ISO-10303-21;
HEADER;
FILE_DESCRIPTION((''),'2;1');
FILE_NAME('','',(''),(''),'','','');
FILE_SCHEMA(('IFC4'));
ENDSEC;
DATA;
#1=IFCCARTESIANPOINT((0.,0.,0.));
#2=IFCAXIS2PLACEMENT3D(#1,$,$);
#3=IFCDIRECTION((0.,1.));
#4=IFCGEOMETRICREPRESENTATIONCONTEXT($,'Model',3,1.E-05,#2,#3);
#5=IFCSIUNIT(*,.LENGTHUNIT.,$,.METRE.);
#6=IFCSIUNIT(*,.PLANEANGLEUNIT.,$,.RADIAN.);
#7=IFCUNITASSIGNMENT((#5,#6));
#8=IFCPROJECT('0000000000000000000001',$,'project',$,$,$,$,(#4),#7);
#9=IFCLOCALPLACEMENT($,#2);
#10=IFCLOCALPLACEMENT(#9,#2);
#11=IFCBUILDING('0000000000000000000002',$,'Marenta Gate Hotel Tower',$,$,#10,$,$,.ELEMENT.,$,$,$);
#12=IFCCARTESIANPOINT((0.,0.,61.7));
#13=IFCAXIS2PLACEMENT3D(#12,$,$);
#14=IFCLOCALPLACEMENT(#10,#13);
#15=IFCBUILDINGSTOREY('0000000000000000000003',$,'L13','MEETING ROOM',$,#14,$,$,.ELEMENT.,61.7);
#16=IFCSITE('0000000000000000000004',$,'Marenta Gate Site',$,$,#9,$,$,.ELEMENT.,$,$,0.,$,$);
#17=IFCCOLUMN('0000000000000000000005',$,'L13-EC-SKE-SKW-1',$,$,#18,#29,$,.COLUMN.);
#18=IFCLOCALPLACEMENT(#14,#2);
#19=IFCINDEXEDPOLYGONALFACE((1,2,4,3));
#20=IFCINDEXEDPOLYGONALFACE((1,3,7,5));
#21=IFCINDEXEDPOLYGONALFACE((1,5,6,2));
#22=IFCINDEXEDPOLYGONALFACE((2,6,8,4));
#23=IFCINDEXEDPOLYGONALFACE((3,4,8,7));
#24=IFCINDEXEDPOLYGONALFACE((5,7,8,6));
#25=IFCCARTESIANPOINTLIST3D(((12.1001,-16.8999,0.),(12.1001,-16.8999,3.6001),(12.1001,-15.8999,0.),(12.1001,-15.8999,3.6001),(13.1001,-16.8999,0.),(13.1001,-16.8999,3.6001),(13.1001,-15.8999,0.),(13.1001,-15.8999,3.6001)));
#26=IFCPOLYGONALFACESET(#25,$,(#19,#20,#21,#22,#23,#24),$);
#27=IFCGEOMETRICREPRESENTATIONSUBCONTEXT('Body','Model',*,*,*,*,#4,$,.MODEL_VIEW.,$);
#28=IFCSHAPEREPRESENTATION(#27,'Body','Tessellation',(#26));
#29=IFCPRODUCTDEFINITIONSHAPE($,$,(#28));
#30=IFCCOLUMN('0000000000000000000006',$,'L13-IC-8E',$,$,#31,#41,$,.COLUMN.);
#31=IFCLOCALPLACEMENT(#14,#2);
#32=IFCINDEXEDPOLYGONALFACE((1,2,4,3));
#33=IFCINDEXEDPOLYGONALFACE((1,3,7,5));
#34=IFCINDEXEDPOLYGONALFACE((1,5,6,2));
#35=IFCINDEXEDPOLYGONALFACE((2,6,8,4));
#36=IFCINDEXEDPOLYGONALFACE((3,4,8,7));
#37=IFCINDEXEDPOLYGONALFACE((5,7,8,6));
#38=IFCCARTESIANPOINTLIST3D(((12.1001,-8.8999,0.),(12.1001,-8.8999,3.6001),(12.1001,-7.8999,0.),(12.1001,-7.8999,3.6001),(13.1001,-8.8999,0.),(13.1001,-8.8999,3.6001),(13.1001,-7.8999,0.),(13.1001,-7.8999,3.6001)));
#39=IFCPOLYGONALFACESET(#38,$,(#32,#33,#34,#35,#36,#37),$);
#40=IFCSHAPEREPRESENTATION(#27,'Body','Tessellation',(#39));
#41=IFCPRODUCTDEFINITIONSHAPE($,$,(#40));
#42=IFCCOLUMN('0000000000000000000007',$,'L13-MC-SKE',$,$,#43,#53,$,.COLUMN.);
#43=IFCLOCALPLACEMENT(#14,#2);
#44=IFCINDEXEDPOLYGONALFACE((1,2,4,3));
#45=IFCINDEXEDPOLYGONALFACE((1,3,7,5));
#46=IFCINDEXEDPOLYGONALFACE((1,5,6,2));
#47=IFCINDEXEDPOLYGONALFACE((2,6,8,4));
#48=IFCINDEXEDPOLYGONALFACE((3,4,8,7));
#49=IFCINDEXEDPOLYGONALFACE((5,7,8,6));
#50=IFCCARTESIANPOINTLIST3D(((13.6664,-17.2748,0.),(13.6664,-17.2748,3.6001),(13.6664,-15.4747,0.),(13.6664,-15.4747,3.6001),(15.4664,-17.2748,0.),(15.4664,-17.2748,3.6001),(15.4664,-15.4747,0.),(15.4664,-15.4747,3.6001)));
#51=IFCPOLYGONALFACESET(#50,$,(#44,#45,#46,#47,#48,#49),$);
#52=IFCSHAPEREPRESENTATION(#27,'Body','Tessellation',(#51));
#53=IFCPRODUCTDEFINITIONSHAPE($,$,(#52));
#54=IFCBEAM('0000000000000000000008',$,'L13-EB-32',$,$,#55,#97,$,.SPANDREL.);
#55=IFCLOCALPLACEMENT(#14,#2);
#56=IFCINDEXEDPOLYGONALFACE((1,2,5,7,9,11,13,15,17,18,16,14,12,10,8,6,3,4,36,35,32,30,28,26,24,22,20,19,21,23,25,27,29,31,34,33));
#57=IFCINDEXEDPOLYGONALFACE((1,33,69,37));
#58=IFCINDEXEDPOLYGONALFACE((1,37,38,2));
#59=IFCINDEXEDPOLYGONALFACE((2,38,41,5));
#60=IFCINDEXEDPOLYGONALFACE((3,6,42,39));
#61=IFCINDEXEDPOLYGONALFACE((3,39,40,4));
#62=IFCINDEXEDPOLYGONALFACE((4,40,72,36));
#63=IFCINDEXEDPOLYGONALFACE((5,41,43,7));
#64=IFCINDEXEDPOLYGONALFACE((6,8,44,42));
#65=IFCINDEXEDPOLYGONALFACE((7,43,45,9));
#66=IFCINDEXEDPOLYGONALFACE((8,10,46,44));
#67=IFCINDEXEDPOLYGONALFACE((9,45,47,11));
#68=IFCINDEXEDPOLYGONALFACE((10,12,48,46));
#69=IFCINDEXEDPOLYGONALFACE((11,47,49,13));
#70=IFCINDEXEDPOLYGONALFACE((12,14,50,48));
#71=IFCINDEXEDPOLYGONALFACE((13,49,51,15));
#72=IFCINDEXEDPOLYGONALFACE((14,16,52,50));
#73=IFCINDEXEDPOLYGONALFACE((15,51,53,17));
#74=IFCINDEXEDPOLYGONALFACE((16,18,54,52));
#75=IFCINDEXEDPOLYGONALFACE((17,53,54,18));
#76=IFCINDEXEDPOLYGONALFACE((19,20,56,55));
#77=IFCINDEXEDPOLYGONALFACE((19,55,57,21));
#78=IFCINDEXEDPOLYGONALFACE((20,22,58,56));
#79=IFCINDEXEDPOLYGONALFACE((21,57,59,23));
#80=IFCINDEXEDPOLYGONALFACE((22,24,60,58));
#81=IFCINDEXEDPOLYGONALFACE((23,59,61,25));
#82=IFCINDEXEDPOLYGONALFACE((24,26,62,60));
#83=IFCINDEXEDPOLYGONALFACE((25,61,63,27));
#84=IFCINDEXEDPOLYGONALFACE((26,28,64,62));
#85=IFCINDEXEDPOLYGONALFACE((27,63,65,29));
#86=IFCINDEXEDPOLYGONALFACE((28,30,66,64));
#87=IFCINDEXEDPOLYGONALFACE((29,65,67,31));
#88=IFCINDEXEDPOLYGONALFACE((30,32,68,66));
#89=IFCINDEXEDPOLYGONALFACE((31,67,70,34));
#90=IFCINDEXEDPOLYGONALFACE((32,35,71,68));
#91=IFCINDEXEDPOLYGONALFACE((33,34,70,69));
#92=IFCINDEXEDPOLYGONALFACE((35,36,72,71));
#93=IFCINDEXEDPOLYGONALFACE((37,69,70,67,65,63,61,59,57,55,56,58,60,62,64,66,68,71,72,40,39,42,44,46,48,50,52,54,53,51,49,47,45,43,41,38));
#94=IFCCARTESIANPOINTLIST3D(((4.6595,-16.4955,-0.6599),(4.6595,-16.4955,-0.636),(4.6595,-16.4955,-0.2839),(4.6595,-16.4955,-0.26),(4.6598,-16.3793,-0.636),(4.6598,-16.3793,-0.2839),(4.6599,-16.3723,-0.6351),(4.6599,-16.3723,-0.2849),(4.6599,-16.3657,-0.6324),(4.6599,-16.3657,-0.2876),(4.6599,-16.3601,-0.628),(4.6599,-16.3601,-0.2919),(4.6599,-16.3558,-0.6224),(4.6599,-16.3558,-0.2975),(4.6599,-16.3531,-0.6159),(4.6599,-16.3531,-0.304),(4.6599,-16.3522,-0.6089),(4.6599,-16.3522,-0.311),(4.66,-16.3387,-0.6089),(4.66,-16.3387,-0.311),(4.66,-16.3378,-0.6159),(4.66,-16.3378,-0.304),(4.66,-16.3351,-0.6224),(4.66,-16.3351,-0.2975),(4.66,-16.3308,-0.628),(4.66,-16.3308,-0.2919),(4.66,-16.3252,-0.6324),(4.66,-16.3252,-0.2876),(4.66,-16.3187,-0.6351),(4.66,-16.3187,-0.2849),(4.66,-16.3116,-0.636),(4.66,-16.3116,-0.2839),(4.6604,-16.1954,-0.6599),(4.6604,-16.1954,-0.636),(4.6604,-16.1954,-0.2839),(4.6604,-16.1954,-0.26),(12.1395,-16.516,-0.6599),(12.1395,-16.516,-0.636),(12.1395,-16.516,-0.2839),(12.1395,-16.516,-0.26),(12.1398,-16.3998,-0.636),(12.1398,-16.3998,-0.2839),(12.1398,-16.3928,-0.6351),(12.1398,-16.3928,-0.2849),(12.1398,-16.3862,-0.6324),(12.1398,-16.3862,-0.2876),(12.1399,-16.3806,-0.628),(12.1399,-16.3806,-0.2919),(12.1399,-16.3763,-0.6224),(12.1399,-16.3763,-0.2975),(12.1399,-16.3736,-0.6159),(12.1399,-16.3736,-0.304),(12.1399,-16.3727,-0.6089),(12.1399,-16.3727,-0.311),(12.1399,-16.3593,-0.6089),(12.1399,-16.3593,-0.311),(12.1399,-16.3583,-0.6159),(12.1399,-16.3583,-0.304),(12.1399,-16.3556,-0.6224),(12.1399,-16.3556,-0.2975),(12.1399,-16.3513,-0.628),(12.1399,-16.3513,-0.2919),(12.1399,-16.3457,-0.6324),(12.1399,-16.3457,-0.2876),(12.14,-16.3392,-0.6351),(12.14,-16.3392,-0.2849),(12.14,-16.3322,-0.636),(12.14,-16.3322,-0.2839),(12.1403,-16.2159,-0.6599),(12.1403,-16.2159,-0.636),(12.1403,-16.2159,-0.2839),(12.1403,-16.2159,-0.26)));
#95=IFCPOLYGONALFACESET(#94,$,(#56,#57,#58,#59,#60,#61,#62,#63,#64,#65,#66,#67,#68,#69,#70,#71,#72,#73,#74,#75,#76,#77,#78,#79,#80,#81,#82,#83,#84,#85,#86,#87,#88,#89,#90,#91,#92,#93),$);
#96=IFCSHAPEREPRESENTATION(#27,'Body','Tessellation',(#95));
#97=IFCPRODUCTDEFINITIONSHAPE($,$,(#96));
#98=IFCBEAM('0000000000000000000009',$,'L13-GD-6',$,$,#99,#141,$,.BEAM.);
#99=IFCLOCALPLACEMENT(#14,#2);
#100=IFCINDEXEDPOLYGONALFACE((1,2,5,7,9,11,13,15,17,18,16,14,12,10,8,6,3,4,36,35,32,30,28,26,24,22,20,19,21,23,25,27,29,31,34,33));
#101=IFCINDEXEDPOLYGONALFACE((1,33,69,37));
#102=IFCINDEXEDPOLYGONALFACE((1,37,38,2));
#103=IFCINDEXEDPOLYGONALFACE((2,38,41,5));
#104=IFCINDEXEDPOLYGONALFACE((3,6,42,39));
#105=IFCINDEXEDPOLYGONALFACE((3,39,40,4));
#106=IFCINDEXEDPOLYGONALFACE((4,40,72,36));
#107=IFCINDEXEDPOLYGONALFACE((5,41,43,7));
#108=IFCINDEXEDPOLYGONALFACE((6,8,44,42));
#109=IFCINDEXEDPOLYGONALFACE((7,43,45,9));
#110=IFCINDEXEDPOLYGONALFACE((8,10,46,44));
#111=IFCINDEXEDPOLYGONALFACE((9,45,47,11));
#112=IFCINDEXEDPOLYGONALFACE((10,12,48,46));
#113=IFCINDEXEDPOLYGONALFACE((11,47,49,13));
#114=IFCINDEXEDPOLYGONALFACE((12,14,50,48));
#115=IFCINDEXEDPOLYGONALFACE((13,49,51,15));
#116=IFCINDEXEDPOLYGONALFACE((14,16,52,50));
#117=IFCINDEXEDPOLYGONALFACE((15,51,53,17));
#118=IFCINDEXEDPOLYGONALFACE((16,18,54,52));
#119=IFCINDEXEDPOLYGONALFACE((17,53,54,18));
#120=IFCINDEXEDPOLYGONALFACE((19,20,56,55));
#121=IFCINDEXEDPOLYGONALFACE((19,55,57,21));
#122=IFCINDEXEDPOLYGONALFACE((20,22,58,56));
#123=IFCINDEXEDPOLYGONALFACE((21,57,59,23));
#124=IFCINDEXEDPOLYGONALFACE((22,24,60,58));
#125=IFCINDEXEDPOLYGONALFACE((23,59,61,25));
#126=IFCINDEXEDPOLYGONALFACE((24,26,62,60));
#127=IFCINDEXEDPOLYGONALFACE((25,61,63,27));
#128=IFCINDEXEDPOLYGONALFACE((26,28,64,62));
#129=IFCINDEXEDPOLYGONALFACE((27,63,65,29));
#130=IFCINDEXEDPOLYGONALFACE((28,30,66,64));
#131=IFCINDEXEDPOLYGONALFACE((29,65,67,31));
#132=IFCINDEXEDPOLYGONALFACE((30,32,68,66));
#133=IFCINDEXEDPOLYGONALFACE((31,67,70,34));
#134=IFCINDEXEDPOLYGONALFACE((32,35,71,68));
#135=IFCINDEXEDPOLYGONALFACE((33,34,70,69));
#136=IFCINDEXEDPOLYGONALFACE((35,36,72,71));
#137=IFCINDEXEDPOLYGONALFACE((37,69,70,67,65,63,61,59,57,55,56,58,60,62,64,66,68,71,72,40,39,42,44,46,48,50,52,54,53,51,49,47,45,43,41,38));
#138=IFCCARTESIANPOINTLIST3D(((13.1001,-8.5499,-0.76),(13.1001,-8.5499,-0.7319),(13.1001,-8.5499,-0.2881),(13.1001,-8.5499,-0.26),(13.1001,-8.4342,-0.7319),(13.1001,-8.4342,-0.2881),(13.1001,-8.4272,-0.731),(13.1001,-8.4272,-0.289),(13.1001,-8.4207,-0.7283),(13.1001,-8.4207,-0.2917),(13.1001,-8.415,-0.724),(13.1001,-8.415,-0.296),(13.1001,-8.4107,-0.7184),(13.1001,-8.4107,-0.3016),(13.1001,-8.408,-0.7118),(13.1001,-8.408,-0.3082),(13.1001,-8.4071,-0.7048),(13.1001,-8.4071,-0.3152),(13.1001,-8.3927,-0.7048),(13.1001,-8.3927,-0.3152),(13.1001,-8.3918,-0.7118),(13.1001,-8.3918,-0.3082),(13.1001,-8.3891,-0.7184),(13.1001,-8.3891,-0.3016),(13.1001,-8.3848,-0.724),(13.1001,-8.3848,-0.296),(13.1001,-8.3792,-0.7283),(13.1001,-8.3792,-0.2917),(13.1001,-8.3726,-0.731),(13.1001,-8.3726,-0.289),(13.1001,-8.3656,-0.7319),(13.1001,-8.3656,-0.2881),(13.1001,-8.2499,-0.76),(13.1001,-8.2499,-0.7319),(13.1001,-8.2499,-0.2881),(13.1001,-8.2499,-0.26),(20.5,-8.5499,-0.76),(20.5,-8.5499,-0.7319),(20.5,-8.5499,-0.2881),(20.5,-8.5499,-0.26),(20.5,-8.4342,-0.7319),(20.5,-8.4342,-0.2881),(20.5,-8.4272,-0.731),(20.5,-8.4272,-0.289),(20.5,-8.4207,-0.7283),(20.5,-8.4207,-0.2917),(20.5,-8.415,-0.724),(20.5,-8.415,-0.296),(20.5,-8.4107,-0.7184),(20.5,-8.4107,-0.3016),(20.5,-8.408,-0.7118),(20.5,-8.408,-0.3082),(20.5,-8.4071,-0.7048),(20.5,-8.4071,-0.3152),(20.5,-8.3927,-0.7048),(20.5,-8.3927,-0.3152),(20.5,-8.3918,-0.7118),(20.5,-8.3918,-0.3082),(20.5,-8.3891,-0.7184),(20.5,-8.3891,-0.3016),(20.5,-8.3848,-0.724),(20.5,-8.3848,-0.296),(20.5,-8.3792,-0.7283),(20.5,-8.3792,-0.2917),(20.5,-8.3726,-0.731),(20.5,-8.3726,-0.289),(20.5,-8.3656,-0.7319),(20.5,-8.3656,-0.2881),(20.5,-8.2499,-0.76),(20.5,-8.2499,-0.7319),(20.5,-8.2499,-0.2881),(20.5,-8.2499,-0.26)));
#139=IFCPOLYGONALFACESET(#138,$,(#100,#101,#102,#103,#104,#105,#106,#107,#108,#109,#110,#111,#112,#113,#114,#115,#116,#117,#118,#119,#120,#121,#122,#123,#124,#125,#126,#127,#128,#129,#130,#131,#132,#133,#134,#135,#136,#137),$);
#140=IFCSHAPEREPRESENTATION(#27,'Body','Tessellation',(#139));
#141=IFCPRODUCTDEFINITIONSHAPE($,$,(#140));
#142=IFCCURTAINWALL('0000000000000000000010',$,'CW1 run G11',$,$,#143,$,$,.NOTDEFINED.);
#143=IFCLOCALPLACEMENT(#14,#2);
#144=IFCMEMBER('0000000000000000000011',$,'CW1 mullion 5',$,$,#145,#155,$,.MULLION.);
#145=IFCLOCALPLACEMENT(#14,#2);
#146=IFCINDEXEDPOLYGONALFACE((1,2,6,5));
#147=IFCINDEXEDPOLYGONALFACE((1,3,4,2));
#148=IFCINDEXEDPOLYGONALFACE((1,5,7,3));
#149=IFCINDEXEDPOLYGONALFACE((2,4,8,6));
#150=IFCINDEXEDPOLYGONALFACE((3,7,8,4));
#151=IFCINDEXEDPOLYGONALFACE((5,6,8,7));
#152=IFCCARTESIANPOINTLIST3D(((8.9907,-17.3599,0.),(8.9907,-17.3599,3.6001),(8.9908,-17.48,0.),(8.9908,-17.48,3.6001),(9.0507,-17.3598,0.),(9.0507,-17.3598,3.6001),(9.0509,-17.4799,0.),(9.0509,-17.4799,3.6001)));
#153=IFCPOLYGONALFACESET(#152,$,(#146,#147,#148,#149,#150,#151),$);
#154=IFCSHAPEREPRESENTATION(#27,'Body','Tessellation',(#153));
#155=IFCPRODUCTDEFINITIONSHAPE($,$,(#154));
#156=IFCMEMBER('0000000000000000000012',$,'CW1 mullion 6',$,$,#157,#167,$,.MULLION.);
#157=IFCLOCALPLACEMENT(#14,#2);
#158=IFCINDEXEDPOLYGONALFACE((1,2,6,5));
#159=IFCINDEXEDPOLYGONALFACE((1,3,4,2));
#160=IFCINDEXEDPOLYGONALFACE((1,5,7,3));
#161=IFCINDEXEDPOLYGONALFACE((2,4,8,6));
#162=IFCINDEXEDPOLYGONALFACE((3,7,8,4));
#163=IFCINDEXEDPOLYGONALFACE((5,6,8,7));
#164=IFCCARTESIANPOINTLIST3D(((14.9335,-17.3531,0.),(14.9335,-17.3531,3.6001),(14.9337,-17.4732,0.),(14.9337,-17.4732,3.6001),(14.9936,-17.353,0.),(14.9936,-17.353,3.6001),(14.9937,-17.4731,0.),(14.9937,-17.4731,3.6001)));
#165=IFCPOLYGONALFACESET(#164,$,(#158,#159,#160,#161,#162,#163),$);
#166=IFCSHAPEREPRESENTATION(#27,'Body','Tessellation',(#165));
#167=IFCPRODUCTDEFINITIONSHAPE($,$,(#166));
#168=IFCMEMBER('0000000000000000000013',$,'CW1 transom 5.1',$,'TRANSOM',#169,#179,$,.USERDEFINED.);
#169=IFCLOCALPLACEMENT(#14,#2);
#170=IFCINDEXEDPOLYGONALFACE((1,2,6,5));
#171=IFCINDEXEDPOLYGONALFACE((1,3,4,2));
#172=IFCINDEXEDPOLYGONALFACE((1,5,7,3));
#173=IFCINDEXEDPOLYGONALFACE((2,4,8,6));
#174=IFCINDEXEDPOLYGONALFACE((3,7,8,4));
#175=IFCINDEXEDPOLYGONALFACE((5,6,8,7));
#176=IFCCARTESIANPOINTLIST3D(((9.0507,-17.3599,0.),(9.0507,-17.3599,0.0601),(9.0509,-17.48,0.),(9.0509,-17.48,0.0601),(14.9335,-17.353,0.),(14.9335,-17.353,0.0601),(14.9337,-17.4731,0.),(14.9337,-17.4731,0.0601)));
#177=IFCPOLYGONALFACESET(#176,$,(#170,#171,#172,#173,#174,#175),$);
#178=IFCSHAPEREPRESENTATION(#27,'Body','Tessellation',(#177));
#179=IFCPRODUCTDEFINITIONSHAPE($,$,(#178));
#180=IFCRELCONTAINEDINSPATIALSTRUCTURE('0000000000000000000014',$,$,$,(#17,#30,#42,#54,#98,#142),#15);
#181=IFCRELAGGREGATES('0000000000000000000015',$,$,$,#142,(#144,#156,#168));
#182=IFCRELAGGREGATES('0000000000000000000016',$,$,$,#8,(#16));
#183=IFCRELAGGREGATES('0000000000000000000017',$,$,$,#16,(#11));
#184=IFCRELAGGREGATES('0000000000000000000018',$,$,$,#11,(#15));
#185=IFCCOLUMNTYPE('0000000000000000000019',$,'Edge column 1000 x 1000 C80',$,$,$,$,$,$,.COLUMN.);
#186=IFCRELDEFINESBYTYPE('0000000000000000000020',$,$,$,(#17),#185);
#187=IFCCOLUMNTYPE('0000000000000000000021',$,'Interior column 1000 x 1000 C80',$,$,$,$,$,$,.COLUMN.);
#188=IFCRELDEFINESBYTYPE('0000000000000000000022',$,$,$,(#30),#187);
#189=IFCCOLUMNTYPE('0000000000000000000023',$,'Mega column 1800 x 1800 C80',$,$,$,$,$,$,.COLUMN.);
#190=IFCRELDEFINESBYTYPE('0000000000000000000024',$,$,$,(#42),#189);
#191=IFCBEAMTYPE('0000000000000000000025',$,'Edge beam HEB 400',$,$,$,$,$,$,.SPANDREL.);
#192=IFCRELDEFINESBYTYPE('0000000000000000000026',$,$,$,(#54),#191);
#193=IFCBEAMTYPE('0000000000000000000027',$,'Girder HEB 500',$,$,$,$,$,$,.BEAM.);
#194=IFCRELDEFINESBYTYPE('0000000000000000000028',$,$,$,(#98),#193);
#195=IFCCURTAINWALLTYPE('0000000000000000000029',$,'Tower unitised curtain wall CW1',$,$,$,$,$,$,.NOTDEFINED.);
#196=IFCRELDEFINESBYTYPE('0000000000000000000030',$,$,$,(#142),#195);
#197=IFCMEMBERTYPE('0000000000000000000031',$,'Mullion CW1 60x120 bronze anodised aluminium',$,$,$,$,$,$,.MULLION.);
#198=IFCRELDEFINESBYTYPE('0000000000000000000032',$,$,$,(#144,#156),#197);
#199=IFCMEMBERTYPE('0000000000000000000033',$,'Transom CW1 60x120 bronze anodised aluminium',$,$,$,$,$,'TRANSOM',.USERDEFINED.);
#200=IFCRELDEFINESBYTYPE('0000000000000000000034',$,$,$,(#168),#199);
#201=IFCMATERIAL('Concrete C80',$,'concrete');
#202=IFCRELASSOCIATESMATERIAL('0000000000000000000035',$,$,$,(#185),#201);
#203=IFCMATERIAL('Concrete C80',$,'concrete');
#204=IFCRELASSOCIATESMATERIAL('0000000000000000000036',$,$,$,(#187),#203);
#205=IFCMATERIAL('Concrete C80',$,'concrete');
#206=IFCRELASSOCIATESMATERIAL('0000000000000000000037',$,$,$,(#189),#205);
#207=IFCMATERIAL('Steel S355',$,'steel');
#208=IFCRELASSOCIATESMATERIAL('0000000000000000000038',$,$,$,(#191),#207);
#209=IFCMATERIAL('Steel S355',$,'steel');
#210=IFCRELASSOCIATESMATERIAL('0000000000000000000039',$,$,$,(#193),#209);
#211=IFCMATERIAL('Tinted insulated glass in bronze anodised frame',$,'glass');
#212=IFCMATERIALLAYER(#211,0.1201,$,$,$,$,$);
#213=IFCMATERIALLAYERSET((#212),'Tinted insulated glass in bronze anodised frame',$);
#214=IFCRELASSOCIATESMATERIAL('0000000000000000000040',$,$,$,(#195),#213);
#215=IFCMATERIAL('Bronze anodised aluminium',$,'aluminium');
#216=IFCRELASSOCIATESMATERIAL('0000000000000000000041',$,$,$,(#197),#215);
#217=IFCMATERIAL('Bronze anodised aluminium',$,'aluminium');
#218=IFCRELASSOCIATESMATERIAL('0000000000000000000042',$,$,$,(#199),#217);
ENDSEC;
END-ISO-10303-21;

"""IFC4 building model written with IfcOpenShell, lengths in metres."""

from ifc_helpers import new_model, si_unit, direction, frame, origin, origin_2d, place, context, subcontext, project, spatial, rectangle, i_section, extrude, material, layer, layer_set, material_profile, profile_set, type_object, element, aggregate, save


model = new_model("IFC4")

# Units and contexts
model_context = context("Model", 3, precision=1e-05, world=origin(), true_north=direction((0.0, 1.0)))
body_context = subcontext(model_context, "Body", "Model", "MODEL_VIEW")
ifc_project = project(units=[si_unit("LENGTHUNIT", "METRE"), si_unit("PLANEANGLEUNIT", "RADIAN")], contexts=[model_context])

# Site, building, storey
site_placement = place(None, origin())
site = spatial("IfcSite", under=ifc_project, at=site_placement, Name="Marenta Gate Site", CompositionType="ELEMENT", RefElevation=0.0)
building_placement = place(site_placement, origin())
building = spatial("IfcBuilding", under=site, at=building_placement, Name="Marenta Gate Hotel Tower", CompositionType="ELEMENT")
storey_placement = place(building_placement, frame((0.0, 0.0, 61.7)))
storey = spatial("IfcBuildingStorey", under=building, at=storey_placement, Name="L13", Description="MEETING ROOM", CompositionType="ELEMENT", Elevation=61.7)

# Columns
ifc_material_1 = material(Name="Concrete C80", Category="concrete")
ifc_material_profile_1 = material_profile(ifc_material_1, rectangle(XDim=1.0, YDim=1.0, at=origin_2d()), Name="1000 x 1000")
ifc_profile_set_1 = profile_set([ifc_material_profile_1], Name="Concrete C80")
column_type_1 = type_object("IfcColumnType", Name="Edge column 1000 x 1000 C80", PredefinedType="COLUMN", material=ifc_profile_set_1)
column_1_placement = place(storey_placement, frame((12.6001, -16.3999, 0.0), z_axis=(0.0, 0.0, 1.0), x_axis=(1.0, 0.0, 0.0)))
element("IfcColumn", 1, at=column_1_placement, inside=storey, type_object=column_type_1, Name="L13-EC-SKE-SKW-1", PredefinedType="COLUMN", context=body_context, shape_type="SweptSolid", body=[
    extrude(rectangle(XDim=1.0, YDim=1.0, at=origin_2d()), origin(), (0.0, 0.0, 1.0), 3.6001),
])
ifc_material_2 = material(Name="Concrete C80", Category="concrete")
ifc_material_profile_2 = material_profile(ifc_material_2, rectangle(XDim=1.0, YDim=1.0, at=origin_2d()), Name="1000 x 1000")
ifc_profile_set_2 = profile_set([ifc_material_profile_2], Name="Concrete C80")
column_type_2 = type_object("IfcColumnType", Name="Interior column 1000 x 1000 C80", PredefinedType="COLUMN", material=ifc_profile_set_2)
column_2_placement = place(storey_placement, frame((12.6001, -8.3999, 0.0), z_axis=(0.0, 0.0, 1.0), x_axis=(1.0, 0.0, 0.0)))
element("IfcColumn", 2, at=column_2_placement, inside=storey, type_object=column_type_2, Name="L13-IC-8E", PredefinedType="COLUMN", context=body_context, shape_type="SweptSolid", body=[
    extrude(rectangle(XDim=1.0, YDim=1.0, at=origin_2d()), origin(), (0.0, 0.0, 1.0), 3.6001),
])
ifc_material_3 = material(Name="Concrete C80", Category="concrete")
ifc_material_profile_3 = material_profile(ifc_material_3, rectangle(XDim=1.8, YDim=1.8, at=origin_2d()), Name="1800 x 1800")
ifc_profile_set_3 = profile_set([ifc_material_profile_3], Name="Concrete C80")
column_type_3 = type_object("IfcColumnType", Name="Mega column 1800 x 1800 C80", PredefinedType="COLUMN", material=ifc_profile_set_3)
column_3_placement = place(storey_placement, frame((14.5664, -16.3748, 0.0), z_axis=(0.0, 0.0, 1.0), x_axis=(1.0, 0.0, 0.0)))
element("IfcColumn", 3, at=column_3_placement, inside=storey, type_object=column_type_3, Name="L13-MC-SKE", PredefinedType="COLUMN", context=body_context, shape_type="SweptSolid", body=[
    extrude(rectangle(XDim=1.8, YDim=1.8, at=origin_2d()), origin(), (0.0, 0.0, 1.0), 3.6001),
])

# Beams
ifc_material_4 = material(Name="Steel S355", Category="steel")
ifc_material_profile_4 = material_profile(ifc_material_4, i_section(OverallWidth=0.3, OverallDepth=0.3999, WebThickness=0.0134, FlangeThickness=0.0239, FilletRadius=0.0271, at=origin_2d()), Name="HEB 400")
ifc_profile_set_4 = profile_set([ifc_material_profile_4], Name="Steel S355")
beam_type_1 = type_object("IfcBeamType", Name="Edge beam HEB 400", PredefinedType="SPANDREL", material=ifc_profile_set_4)
beam_1_placement = place(storey_placement, frame((12.1399, -16.366, -0.46), z_axis=(-0.999996, 0.002742, 0.0), x_axis=(-0.002742, -0.999996, 0.0)))
element("IfcBeam", 4, at=beam_1_placement, inside=storey, type_object=beam_type_1, Name="L13-EB-32", PredefinedType="SPANDREL", context=body_context, shape_type="SweptSolid", body=[
    extrude(i_section(OverallWidth=0.3, OverallDepth=0.3999, WebThickness=0.0134, FlangeThickness=0.0239, FilletRadius=0.0271, at=origin_2d()), origin(), (0.0, 0.0, 1.0), 7.48),
])
ifc_material_5 = material(Name="Steel S355", Category="steel")
ifc_material_profile_5 = material_profile(ifc_material_5, i_section(OverallWidth=0.3, OverallDepth=0.5, WebThickness=0.0144, FlangeThickness=0.0281, FilletRadius=0.0271, at=origin_2d()), Name="HEB 500")
ifc_profile_set_5 = profile_set([ifc_material_profile_5], Name="Steel S355")
beam_type_2 = type_object("IfcBeamType", Name="Girder HEB 500", PredefinedType="BEAM", material=ifc_profile_set_5)
beam_2_placement = place(storey_placement, frame((13.1001, -8.3999, -0.51), z_axis=(1.0, 0.0, 0.0), x_axis=(0.0, 1.0, 0.0)))
element("IfcBeam", 5, at=beam_2_placement, inside=storey, type_object=beam_type_2, Name="L13-GD-6", PredefinedType="BEAM", context=body_context, shape_type="SweptSolid", body=[
    extrude(i_section(OverallWidth=0.3, OverallDepth=0.5, WebThickness=0.0144, FlangeThickness=0.0281, FilletRadius=0.0271, at=origin_2d()), origin(), (0.0, 0.0, 1.0), 7.3999),
])

# Curtain wall, members
ifc_material_6 = material(Name="Tinted insulated glass in bronze anodised frame", Category="glass")
ifc_layer_1 = layer(ifc_material_6, 0.1201)
ifc_layer_set_1 = layer_set([ifc_layer_1], Name="Tinted insulated glass in bronze anodised frame")
curtain_wall_type = type_object("IfcCurtainWallType", Name="Tower unitised curtain wall CW1", PredefinedType="NOTDEFINED", material=ifc_layer_set_1)
curtain_wall_placement = place(storey_placement, origin())
curtain_wall = element("IfcCurtainWall", 6, at=curtain_wall_placement, inside=storey, type_object=curtain_wall_type, Name="CW1 run G11", PredefinedType="NOTDEFINED")
ifc_material_7 = material(Name="Bronze anodised aluminium", Category="aluminium")
ifc_material_profile_6 = material_profile(ifc_material_7, rectangle(XDim=0.1201, YDim=0.0601, at=origin_2d()), Name="Mullion CW1 60x120 bronze anodised aluminium")
ifc_profile_set_6 = profile_set([ifc_material_profile_6], Name="Bronze anodised aluminium")
member_type_1 = type_object("IfcMemberType", Name="Mullion CW1 60x120 bronze anodised aluminium", PredefinedType="MULLION", material=ifc_profile_set_6)
member_1_placement = place(storey_placement, frame((9.0208, -17.4199, 0.0), z_axis=(0.0, 0.0, 1.0), x_axis=(-0.001162, 0.999999, 0.0)))
member_1 = element("IfcMember", 7, at=member_1_placement, type_object=member_type_1, Name="CW1 mullion 5", PredefinedType="MULLION", context=body_context, shape_type="SweptSolid", body=[
    extrude(rectangle(XDim=0.1201, YDim=0.0601, at=origin_2d()), origin(), (0.0, 0.0, 1.0), 3.6001),
])
member_2_placement = place(storey_placement, frame((14.9636, -17.4131, 0.0), z_axis=(0.0, 0.0, 1.0), x_axis=(-0.001162, 0.999999, 0.0)))
member_2 = element("IfcMember", 8, at=member_2_placement, type_object=member_type_1, Name="CW1 mullion 6", PredefinedType="MULLION", context=body_context, shape_type="SweptSolid", body=[
    extrude(rectangle(XDim=0.1201, YDim=0.0601, at=origin_2d()), origin(), (0.0, 0.0, 1.0), 3.6001),
])
ifc_material_8 = material(Name="Bronze anodised aluminium", Category="aluminium")
ifc_material_profile_7 = material_profile(ifc_material_8, rectangle(XDim=0.1201, YDim=0.0601, at=origin_2d()), Name="Transom CW1 60x120 bronze anodised aluminium")
ifc_profile_set_7 = profile_set([ifc_material_profile_7], Name="Bronze anodised aluminium")
member_type_2 = type_object("IfcMemberType", Name="Transom CW1 60x120 bronze anodised aluminium", ElementType="TRANSOM", PredefinedType="USERDEFINED", material=ifc_profile_set_7)
member_3_placement = place(storey_placement, frame((9.0508, -17.4199, 0.03), z_axis=(0.999999, 0.001162, 0.0), x_axis=(-0.001162, 0.999999, 0.0)))
member_3 = element("IfcMember", 9, at=member_3_placement, type_object=member_type_2, Name="CW1 transom 5.1", ObjectType="TRANSOM", PredefinedType="USERDEFINED", context=body_context, shape_type="SweptSolid", body=[
    extrude(rectangle(XDim=0.1201, YDim=0.0601, at=origin_2d()), origin(), (0.0, 0.0, 1.0), 5.8828),
])
aggregate(curtain_wall, [member_1, member_2, member_3])

save(model, "model.ifc")
